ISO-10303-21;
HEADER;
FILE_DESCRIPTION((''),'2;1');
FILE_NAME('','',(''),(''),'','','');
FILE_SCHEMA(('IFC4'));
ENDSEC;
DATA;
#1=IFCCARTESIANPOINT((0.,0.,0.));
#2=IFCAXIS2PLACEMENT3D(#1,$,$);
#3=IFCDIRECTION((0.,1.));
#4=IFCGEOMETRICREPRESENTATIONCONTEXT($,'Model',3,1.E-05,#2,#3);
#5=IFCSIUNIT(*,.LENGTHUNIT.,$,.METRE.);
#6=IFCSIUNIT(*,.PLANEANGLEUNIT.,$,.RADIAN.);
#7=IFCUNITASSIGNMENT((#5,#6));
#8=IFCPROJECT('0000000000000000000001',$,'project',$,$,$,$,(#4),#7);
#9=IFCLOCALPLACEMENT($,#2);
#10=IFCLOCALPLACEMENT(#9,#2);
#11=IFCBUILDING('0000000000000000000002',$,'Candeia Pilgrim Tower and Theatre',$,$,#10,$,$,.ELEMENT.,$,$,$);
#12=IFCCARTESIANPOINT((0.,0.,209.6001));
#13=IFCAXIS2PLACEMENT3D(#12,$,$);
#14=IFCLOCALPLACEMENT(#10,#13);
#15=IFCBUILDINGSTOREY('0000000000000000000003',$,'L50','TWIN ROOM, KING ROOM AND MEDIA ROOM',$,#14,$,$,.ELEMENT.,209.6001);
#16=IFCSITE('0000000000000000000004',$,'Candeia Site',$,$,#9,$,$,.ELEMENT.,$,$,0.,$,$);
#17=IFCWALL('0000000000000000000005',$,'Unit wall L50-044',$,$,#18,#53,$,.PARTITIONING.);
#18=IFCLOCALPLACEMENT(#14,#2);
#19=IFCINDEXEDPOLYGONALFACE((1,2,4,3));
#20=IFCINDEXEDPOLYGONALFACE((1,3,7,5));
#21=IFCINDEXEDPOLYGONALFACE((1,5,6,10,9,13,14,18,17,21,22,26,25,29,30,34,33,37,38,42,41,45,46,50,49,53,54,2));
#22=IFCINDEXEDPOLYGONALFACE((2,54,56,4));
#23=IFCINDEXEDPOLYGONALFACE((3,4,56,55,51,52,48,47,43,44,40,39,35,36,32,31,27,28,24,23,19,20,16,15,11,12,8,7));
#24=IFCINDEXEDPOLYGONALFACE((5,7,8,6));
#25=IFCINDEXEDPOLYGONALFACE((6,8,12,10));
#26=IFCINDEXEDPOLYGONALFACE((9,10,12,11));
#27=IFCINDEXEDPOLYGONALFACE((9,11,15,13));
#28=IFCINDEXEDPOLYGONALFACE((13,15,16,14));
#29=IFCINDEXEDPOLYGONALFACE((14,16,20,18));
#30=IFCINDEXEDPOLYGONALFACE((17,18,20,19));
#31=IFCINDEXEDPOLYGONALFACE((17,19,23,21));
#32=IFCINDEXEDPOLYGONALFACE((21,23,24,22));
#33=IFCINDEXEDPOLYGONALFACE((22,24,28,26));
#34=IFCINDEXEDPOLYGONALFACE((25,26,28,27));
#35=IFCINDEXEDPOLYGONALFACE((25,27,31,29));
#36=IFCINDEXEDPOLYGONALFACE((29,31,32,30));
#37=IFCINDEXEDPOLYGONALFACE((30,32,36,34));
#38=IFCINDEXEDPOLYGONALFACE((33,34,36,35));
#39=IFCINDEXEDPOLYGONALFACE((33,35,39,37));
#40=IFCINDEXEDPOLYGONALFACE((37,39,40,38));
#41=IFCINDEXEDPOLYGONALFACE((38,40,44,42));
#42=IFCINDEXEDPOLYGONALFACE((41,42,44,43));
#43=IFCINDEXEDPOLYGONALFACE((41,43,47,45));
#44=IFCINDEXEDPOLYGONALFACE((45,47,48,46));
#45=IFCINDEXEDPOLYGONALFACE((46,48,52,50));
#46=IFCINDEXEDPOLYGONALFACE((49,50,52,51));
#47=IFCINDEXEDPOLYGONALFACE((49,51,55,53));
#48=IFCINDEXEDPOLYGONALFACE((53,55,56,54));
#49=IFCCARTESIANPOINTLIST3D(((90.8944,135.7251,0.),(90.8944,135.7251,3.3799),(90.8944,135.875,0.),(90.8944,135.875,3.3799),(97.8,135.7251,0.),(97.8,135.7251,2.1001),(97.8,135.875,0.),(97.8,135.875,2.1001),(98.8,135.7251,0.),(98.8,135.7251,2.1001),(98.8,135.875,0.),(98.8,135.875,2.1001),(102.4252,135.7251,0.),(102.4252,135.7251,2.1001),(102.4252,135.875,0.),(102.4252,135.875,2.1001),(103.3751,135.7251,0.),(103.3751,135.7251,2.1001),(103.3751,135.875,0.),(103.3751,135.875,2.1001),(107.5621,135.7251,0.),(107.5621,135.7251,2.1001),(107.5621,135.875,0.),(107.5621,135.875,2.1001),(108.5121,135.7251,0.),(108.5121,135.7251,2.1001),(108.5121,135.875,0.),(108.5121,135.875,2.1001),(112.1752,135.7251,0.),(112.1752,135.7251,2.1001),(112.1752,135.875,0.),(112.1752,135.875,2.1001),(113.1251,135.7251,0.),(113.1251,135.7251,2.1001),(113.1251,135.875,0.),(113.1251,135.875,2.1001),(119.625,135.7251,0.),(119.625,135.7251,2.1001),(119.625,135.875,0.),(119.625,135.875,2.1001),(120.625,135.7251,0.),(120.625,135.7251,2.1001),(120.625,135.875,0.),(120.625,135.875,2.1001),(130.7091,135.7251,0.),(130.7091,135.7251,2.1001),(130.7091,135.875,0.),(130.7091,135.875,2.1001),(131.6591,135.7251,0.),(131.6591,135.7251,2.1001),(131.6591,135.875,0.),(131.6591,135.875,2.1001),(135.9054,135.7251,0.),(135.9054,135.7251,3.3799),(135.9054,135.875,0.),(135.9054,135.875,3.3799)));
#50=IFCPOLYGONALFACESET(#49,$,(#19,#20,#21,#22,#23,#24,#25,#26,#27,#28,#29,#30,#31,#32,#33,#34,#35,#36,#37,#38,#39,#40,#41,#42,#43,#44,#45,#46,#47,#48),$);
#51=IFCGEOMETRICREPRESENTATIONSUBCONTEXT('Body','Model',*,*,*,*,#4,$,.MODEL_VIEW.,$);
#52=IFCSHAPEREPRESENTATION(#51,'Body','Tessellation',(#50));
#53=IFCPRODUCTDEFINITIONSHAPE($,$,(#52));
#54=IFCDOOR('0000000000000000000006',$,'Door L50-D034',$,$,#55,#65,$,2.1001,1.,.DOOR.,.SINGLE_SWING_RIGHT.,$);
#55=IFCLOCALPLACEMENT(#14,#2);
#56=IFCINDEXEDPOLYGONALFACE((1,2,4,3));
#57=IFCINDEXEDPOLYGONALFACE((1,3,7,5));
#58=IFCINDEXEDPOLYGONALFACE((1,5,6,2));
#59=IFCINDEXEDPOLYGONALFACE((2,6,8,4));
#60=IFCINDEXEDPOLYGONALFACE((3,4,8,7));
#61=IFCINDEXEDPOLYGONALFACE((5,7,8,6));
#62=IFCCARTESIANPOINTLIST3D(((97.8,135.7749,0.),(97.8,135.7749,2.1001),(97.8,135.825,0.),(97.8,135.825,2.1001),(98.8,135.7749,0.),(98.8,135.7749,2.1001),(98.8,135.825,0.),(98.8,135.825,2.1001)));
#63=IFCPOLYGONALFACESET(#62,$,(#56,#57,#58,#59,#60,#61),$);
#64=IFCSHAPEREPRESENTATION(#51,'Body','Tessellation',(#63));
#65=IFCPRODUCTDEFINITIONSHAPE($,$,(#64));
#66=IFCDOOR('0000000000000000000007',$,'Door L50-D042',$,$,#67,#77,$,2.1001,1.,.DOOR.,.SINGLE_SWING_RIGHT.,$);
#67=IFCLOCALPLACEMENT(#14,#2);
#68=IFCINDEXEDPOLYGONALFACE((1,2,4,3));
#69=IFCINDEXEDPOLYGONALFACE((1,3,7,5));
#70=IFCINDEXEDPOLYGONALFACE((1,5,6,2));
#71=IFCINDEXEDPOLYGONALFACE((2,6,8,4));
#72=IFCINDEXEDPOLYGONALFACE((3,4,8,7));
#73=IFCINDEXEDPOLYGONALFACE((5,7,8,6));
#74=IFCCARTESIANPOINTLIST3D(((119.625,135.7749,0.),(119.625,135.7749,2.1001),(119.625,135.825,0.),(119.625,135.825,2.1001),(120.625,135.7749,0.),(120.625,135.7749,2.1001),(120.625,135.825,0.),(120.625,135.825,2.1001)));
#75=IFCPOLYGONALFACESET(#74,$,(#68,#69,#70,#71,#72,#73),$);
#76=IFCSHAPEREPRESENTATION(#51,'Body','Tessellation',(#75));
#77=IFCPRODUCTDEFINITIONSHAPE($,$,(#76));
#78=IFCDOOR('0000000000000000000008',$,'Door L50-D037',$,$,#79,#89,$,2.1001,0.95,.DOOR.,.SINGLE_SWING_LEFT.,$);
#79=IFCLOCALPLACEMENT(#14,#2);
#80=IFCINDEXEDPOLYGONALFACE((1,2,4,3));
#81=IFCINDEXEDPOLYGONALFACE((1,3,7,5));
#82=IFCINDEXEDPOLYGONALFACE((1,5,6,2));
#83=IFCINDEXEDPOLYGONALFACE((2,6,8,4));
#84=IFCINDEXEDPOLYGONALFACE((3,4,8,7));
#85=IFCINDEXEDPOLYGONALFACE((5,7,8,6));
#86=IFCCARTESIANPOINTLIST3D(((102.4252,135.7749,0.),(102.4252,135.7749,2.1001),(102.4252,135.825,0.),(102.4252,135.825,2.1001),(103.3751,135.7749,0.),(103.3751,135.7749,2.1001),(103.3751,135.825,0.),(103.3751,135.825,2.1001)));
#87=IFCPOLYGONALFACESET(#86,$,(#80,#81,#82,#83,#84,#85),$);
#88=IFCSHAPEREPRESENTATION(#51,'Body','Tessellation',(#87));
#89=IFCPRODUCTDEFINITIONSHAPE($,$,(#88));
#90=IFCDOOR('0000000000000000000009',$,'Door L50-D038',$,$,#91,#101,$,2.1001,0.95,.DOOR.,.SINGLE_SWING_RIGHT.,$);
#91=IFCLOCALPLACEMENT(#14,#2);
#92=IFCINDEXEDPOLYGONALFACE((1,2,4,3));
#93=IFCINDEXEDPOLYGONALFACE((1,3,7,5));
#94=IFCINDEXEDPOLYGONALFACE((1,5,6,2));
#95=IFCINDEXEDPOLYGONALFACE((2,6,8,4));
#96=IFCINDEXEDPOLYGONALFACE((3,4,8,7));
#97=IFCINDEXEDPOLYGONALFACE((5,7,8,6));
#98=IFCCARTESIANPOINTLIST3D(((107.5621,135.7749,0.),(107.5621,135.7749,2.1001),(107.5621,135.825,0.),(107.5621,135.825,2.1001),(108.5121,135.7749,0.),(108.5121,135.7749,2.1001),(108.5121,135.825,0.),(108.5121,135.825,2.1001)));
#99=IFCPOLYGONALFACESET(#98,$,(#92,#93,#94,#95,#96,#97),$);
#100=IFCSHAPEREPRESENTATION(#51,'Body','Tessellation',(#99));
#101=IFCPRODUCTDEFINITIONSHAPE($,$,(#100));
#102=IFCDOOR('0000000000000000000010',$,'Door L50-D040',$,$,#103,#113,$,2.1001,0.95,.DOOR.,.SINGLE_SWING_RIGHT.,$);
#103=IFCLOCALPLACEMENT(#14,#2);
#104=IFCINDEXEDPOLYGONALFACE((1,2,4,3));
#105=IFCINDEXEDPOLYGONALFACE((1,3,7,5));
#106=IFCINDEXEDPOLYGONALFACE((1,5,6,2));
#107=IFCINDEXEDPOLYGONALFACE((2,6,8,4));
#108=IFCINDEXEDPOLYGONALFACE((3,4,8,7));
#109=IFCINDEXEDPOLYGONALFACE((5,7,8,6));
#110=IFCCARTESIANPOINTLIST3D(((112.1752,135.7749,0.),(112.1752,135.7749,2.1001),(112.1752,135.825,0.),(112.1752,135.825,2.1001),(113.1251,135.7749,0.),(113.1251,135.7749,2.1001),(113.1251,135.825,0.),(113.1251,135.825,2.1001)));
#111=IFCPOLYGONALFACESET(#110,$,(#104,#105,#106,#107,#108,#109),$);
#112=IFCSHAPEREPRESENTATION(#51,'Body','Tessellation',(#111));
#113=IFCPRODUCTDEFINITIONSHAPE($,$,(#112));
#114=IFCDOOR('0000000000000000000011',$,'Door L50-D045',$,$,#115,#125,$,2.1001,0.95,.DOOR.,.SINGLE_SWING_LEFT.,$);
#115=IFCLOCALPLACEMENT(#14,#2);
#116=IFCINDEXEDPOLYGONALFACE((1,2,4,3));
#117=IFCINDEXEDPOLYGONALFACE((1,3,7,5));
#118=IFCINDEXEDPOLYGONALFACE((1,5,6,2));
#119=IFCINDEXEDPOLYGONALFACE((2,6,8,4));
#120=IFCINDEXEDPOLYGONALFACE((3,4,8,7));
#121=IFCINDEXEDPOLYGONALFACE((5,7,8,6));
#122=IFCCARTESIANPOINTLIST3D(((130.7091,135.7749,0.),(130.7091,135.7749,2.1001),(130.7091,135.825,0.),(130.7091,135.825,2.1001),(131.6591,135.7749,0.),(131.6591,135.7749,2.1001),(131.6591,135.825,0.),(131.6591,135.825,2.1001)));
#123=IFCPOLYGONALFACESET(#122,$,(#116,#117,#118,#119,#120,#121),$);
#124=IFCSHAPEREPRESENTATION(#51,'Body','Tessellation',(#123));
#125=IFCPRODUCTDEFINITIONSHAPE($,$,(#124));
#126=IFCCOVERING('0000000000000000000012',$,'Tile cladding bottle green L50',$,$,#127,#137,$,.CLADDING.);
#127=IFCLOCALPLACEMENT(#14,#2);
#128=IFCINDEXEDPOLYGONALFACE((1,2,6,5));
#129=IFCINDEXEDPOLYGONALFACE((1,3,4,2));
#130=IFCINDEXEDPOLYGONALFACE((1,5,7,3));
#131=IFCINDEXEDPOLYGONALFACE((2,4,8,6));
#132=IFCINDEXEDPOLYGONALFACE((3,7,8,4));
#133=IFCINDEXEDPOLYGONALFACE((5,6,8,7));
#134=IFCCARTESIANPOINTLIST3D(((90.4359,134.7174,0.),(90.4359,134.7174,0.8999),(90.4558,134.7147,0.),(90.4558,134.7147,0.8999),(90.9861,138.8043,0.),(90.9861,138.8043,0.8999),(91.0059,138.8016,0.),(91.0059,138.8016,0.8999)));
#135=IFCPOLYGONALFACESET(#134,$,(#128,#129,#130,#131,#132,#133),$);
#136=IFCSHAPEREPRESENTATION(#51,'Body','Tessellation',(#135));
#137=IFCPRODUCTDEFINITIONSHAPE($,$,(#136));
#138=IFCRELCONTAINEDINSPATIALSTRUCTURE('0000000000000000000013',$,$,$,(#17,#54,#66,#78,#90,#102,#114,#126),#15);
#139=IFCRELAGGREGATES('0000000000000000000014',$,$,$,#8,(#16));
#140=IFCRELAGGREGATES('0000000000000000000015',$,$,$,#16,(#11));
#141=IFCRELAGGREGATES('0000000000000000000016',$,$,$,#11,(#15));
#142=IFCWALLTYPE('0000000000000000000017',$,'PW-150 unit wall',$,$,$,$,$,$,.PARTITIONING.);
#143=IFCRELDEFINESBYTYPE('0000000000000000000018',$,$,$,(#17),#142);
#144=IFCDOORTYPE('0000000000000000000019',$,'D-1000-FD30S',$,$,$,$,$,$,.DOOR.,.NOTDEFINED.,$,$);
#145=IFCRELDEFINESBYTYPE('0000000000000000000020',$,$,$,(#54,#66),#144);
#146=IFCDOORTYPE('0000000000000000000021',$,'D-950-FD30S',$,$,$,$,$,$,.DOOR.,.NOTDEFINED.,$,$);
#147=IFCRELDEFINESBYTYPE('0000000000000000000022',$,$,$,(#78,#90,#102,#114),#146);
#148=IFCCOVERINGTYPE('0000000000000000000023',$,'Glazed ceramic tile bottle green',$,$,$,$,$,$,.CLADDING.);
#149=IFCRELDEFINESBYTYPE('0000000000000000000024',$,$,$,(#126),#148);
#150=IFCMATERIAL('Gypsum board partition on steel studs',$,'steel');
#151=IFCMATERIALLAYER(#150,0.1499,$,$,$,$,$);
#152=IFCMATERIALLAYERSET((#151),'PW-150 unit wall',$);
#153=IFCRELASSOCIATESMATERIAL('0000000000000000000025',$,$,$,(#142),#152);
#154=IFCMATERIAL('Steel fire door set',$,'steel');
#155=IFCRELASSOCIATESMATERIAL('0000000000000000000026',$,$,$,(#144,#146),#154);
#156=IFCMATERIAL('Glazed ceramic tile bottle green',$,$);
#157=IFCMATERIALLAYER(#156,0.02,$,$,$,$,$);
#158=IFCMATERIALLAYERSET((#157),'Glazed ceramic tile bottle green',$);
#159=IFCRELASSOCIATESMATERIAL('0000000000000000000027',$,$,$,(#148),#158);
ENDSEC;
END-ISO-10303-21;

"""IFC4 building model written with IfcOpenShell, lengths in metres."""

from ifc_helpers import new_model, si_unit, direction, frame, frame_2d, origin, origin_2d, place, context, subcontext, project, spatial, rectangle, extrude, material, layer, layer_set, type_object, element, fill, save


model = new_model("IFC4")

# Units and contexts
model_context = context("Model", 3, precision=1e-05, world=origin(), true_north=direction((0.0, 1.0)))
body_context = subcontext(model_context, "Body", "Model", "MODEL_VIEW")
ifc_project = project(units=[si_unit("LENGTHUNIT", "METRE"), si_unit("PLANEANGLEUNIT", "RADIAN")], contexts=[model_context])

# Site, building, storey
site_placement = place(None, origin())
site = spatial("IfcSite", under=ifc_project, at=site_placement, Name="Candeia Site", CompositionType="ELEMENT", RefElevation=0.0)
building_placement = place(site_placement, origin())
building = spatial("IfcBuilding", under=site, at=building_placement, Name="Candeia Pilgrim Tower and Theatre", CompositionType="ELEMENT")
storey_placement = place(building_placement, frame((0.0, 0.0, 209.6001)))
storey = spatial("IfcBuildingStorey", under=building, at=storey_placement, Name="L50", Description="TWIN ROOM, KING ROOM AND MEDIA ROOM", CompositionType="ELEMENT", Elevation=209.6001)

# Shared definitions
ifc_material_1 = material(Name="Gypsum board partition on steel studs", Category="steel")

# Wall, openings, doors
ifc_layer_1 = layer(ifc_material_1, 0.1499)
ifc_layer_set_1 = layer_set([ifc_layer_1], Name="PW-150 unit wall")
wall_type_1 = type_object("IfcWallType", Name="PW-150 unit wall", PredefinedType="PARTITIONING", material=ifc_layer_set_1)
wall_1_placement = place(storey_placement, frame((90.8945, 135.8, 0.0), z_axis=(0.0, 0.0, 1.0), x_axis=(1.0, 0.0, 0.0)))
wall_1 = element("IfcWall", 1, at=wall_1_placement, inside=storey, type_object=wall_type_1, Name="Unit wall L50-044", PredefinedType="PARTITIONING", context=body_context, shape_type="SweptSolid", body=[
    extrude(rectangle(XDim=45.011, YDim=0.1499, at=frame_2d((22.5054, 0.0))), origin(), (0.0, 0.0, 1.0), 3.3799),
])
opening_1_placement = place(wall_1_placement, frame((6.9055, 0.0, 0.0)))
opening_1 = element("IfcOpeningElement", 2, at=opening_1_placement, cuts=wall_1, PredefinedType="OPENING", context=body_context, shape_type="SweptSolid", body=[
    extrude(rectangle(XDim=1.0, YDim=2.1001, at=frame_2d((0.5, 1.05))), frame((0.0, 0.085, 0.0), z_axis=(0.0, -1.0, 0.0), x_axis=(1.0, 0.0, 0.0)), (0.0, 0.0, 1.0), 0.1699),
])
opening_2_placement = place(wall_1_placement, frame((11.5305, 0.0, 0.0)))
opening_2 = element("IfcOpeningElement", 3, at=opening_2_placement, cuts=wall_1, PredefinedType="OPENING", context=body_context, shape_type="SweptSolid", body=[
    extrude(rectangle(XDim=0.95, YDim=2.1001, at=frame_2d((0.4751, 1.05))), frame((0.0, 0.085, 0.0), z_axis=(0.0, -1.0, 0.0), x_axis=(1.0, 0.0, 0.0)), (0.0, 0.0, 1.0), 0.1699),
])
opening_3_placement = place(wall_1_placement, frame((16.6675, 0.0, 0.0)))
opening_3 = element("IfcOpeningElement", 4, at=opening_3_placement, cuts=wall_1, PredefinedType="OPENING", context=body_context, shape_type="SweptSolid", body=[
    extrude(rectangle(XDim=0.95, YDim=2.1001, at=frame_2d((0.4751, 1.05))), frame((0.0, 0.085, 0.0), z_axis=(0.0, -1.0, 0.0), x_axis=(1.0, 0.0, 0.0)), (0.0, 0.0, 1.0), 0.1699),
])
opening_4_placement = place(wall_1_placement, frame((21.2805, 0.0, 0.0)))
opening_4 = element("IfcOpeningElement", 5, at=opening_4_placement, cuts=wall_1, PredefinedType="OPENING", context=body_context, shape_type="SweptSolid", body=[
    extrude(rectangle(XDim=0.95, YDim=2.1001, at=frame_2d((0.4751, 1.05))), frame((0.0, 0.085, 0.0), z_axis=(0.0, -1.0, 0.0), x_axis=(1.0, 0.0, 0.0)), (0.0, 0.0, 1.0), 0.1699),
])
opening_5_placement = place(wall_1_placement, frame((28.7305, 0.0, 0.0)))
opening_5 = element("IfcOpeningElement", 6, at=opening_5_placement, cuts=wall_1, PredefinedType="OPENING", context=body_context, shape_type="SweptSolid", body=[
    extrude(rectangle(XDim=1.0, YDim=2.1001, at=frame_2d((0.5, 1.05))), frame((0.0, 0.085, 0.0), z_axis=(0.0, -1.0, 0.0), x_axis=(1.0, 0.0, 0.0)), (0.0, 0.0, 1.0), 0.1699),
])
opening_6_placement = place(wall_1_placement, frame((39.8145, 0.0, 0.0)))
opening_6 = element("IfcOpeningElement", 7, at=opening_6_placement, cuts=wall_1, PredefinedType="OPENING", context=body_context, shape_type="SweptSolid", body=[
    extrude(rectangle(XDim=0.95, YDim=2.1001, at=frame_2d((0.4751, 1.05))), frame((0.0, 0.085, 0.0), z_axis=(0.0, -1.0, 0.0), x_axis=(1.0, 0.0, 0.0)), (0.0, 0.0, 1.0), 0.1699),
])
ifc_material_2 = material(Name="Steel fire door set", Category="steel")
door_type_1 = type_object("IfcDoorType", Name="D-1000-FD30S", OperationType="NOTDEFINED", PredefinedType="DOOR", material=ifc_material_2)
door_1_placement = place(opening_1_placement, origin())
door_1 = element("IfcDoor", 8, at=door_1_placement, inside=storey, type_object=door_type_1, Name="Door L50-D034", OperationType="SINGLE_SWING_RIGHT", OverallHeight=2.1001, OverallWidth=1.0, PredefinedType="DOOR", context=body_context, shape_type="SweptSolid", body=[
    extrude(rectangle(XDim=1.0, YDim=2.1001, at=frame_2d((0.5, 1.05))), frame((0.0, 0.0249, 0.0), z_axis=(0.0, -1.0, 0.0), x_axis=(1.0, 0.0, 0.0)), (0.0, 0.0, 1.0), 0.05),
])
fill(opening_1, door_1)
door_2_placement = place(opening_5_placement, origin())
door_2 = element("IfcDoor", 9, at=door_2_placement, inside=storey, type_object=door_type_1, Name="Door L50-D042", OperationType="SINGLE_SWING_RIGHT", OverallHeight=2.1001, OverallWidth=1.0, PredefinedType="DOOR", context=body_context, shape_type="SweptSolid", body=[
    extrude(rectangle(XDim=1.0, YDim=2.1001, at=frame_2d((0.5, 1.05))), frame((0.0, 0.0249, 0.0), z_axis=(0.0, -1.0, 0.0), x_axis=(1.0, 0.0, 0.0)), (0.0, 0.0, 1.0), 0.05),
])
fill(opening_5, door_2)
door_type_2 = type_object("IfcDoorType", Name="D-950-FD30S", OperationType="NOTDEFINED", PredefinedType="DOOR", material=ifc_material_2)
door_3_placement = place(opening_2_placement, origin())
door_3 = element("IfcDoor", 10, at=door_3_placement, inside=storey, type_object=door_type_2, Name="Door L50-D037", OperationType="SINGLE_SWING_LEFT", OverallHeight=2.1001, OverallWidth=0.95, PredefinedType="DOOR", context=body_context, shape_type="SweptSolid", body=[
    extrude(rectangle(XDim=0.95, YDim=2.1001, at=frame_2d((0.4751, 1.05))), frame((0.0, 0.0249, 0.0), z_axis=(0.0, -1.0, 0.0), x_axis=(1.0, 0.0, 0.0)), (0.0, 0.0, 1.0), 0.05),
])
fill(opening_2, door_3)
door_4_placement = place(opening_3_placement, origin())
door_4 = element("IfcDoor", 11, at=door_4_placement, inside=storey, type_object=door_type_2, Name="Door L50-D038", OperationType="SINGLE_SWING_RIGHT", OverallHeight=2.1001, OverallWidth=0.95, PredefinedType="DOOR", context=body_context, shape_type="SweptSolid", body=[
    extrude(rectangle(XDim=0.95, YDim=2.1001, at=frame_2d((0.4751, 1.05))), frame((0.0, 0.0249, 0.0), z_axis=(0.0, -1.0, 0.0), x_axis=(1.0, 0.0, 0.0)), (0.0, 0.0, 1.0), 0.05),
])
fill(opening_3, door_4)
door_5_placement = place(opening_4_placement, origin())
door_5 = element("IfcDoor", 12, at=door_5_placement, inside=storey, type_object=door_type_2, Name="Door L50-D040", OperationType="SINGLE_SWING_RIGHT", OverallHeight=2.1001, OverallWidth=0.95, PredefinedType="DOOR", context=body_context, shape_type="SweptSolid", body=[
    extrude(rectangle(XDim=0.95, YDim=2.1001, at=frame_2d((0.4751, 1.05))), frame((0.0, 0.0249, 0.0), z_axis=(0.0, -1.0, 0.0), x_axis=(1.0, 0.0, 0.0)), (0.0, 0.0, 1.0), 0.05),
])
fill(opening_4, door_5)
door_6_placement = place(opening_6_placement, origin())
door_6 = element("IfcDoor", 13, at=door_6_placement, inside=storey, type_object=door_type_2, Name="Door L50-D045", OperationType="SINGLE_SWING_LEFT", OverallHeight=2.1001, OverallWidth=0.95, PredefinedType="DOOR", context=body_context, shape_type="SweptSolid", body=[
    extrude(rectangle(XDim=0.95, YDim=2.1001, at=frame_2d((0.4751, 1.05))), frame((0.0, 0.0249, 0.0), z_axis=(0.0, -1.0, 0.0), x_axis=(1.0, 0.0, 0.0)), (0.0, 0.0, 1.0), 0.05),
])
fill(opening_6, door_6)

# Covering
ifc_material_3 = material(Name="Glazed ceramic tile bottle green")
ifc_layer_2 = layer(ifc_material_3, 0.02)
ifc_layer_set_2 = layer_set([ifc_layer_2], Name="Glazed ceramic tile bottle green")
covering_type = type_object("IfcCoveringType", Name="Glazed ceramic tile bottle green", PredefinedType="CLADDING", material=ifc_layer_set_2)
covering_placement = place(storey_placement, frame((90.7209, 136.7595, 0.0), z_axis=(0.0, 0.0, 1.0), x_axis=(-0.133412, -0.991061, 0.0)))
element("IfcCovering", 14, at=covering_placement, inside=storey, type_object=covering_type, Name="Tile cladding bottle green L50", PredefinedType="CLADDING", context=body_context, shape_type="SweptSolid", body=[
    extrude(rectangle(XDim=4.1238, YDim=0.02, at=origin_2d()), origin(), (0.0, 0.0, 1.0), 0.8999),
])

save(model, "model.ifc")
